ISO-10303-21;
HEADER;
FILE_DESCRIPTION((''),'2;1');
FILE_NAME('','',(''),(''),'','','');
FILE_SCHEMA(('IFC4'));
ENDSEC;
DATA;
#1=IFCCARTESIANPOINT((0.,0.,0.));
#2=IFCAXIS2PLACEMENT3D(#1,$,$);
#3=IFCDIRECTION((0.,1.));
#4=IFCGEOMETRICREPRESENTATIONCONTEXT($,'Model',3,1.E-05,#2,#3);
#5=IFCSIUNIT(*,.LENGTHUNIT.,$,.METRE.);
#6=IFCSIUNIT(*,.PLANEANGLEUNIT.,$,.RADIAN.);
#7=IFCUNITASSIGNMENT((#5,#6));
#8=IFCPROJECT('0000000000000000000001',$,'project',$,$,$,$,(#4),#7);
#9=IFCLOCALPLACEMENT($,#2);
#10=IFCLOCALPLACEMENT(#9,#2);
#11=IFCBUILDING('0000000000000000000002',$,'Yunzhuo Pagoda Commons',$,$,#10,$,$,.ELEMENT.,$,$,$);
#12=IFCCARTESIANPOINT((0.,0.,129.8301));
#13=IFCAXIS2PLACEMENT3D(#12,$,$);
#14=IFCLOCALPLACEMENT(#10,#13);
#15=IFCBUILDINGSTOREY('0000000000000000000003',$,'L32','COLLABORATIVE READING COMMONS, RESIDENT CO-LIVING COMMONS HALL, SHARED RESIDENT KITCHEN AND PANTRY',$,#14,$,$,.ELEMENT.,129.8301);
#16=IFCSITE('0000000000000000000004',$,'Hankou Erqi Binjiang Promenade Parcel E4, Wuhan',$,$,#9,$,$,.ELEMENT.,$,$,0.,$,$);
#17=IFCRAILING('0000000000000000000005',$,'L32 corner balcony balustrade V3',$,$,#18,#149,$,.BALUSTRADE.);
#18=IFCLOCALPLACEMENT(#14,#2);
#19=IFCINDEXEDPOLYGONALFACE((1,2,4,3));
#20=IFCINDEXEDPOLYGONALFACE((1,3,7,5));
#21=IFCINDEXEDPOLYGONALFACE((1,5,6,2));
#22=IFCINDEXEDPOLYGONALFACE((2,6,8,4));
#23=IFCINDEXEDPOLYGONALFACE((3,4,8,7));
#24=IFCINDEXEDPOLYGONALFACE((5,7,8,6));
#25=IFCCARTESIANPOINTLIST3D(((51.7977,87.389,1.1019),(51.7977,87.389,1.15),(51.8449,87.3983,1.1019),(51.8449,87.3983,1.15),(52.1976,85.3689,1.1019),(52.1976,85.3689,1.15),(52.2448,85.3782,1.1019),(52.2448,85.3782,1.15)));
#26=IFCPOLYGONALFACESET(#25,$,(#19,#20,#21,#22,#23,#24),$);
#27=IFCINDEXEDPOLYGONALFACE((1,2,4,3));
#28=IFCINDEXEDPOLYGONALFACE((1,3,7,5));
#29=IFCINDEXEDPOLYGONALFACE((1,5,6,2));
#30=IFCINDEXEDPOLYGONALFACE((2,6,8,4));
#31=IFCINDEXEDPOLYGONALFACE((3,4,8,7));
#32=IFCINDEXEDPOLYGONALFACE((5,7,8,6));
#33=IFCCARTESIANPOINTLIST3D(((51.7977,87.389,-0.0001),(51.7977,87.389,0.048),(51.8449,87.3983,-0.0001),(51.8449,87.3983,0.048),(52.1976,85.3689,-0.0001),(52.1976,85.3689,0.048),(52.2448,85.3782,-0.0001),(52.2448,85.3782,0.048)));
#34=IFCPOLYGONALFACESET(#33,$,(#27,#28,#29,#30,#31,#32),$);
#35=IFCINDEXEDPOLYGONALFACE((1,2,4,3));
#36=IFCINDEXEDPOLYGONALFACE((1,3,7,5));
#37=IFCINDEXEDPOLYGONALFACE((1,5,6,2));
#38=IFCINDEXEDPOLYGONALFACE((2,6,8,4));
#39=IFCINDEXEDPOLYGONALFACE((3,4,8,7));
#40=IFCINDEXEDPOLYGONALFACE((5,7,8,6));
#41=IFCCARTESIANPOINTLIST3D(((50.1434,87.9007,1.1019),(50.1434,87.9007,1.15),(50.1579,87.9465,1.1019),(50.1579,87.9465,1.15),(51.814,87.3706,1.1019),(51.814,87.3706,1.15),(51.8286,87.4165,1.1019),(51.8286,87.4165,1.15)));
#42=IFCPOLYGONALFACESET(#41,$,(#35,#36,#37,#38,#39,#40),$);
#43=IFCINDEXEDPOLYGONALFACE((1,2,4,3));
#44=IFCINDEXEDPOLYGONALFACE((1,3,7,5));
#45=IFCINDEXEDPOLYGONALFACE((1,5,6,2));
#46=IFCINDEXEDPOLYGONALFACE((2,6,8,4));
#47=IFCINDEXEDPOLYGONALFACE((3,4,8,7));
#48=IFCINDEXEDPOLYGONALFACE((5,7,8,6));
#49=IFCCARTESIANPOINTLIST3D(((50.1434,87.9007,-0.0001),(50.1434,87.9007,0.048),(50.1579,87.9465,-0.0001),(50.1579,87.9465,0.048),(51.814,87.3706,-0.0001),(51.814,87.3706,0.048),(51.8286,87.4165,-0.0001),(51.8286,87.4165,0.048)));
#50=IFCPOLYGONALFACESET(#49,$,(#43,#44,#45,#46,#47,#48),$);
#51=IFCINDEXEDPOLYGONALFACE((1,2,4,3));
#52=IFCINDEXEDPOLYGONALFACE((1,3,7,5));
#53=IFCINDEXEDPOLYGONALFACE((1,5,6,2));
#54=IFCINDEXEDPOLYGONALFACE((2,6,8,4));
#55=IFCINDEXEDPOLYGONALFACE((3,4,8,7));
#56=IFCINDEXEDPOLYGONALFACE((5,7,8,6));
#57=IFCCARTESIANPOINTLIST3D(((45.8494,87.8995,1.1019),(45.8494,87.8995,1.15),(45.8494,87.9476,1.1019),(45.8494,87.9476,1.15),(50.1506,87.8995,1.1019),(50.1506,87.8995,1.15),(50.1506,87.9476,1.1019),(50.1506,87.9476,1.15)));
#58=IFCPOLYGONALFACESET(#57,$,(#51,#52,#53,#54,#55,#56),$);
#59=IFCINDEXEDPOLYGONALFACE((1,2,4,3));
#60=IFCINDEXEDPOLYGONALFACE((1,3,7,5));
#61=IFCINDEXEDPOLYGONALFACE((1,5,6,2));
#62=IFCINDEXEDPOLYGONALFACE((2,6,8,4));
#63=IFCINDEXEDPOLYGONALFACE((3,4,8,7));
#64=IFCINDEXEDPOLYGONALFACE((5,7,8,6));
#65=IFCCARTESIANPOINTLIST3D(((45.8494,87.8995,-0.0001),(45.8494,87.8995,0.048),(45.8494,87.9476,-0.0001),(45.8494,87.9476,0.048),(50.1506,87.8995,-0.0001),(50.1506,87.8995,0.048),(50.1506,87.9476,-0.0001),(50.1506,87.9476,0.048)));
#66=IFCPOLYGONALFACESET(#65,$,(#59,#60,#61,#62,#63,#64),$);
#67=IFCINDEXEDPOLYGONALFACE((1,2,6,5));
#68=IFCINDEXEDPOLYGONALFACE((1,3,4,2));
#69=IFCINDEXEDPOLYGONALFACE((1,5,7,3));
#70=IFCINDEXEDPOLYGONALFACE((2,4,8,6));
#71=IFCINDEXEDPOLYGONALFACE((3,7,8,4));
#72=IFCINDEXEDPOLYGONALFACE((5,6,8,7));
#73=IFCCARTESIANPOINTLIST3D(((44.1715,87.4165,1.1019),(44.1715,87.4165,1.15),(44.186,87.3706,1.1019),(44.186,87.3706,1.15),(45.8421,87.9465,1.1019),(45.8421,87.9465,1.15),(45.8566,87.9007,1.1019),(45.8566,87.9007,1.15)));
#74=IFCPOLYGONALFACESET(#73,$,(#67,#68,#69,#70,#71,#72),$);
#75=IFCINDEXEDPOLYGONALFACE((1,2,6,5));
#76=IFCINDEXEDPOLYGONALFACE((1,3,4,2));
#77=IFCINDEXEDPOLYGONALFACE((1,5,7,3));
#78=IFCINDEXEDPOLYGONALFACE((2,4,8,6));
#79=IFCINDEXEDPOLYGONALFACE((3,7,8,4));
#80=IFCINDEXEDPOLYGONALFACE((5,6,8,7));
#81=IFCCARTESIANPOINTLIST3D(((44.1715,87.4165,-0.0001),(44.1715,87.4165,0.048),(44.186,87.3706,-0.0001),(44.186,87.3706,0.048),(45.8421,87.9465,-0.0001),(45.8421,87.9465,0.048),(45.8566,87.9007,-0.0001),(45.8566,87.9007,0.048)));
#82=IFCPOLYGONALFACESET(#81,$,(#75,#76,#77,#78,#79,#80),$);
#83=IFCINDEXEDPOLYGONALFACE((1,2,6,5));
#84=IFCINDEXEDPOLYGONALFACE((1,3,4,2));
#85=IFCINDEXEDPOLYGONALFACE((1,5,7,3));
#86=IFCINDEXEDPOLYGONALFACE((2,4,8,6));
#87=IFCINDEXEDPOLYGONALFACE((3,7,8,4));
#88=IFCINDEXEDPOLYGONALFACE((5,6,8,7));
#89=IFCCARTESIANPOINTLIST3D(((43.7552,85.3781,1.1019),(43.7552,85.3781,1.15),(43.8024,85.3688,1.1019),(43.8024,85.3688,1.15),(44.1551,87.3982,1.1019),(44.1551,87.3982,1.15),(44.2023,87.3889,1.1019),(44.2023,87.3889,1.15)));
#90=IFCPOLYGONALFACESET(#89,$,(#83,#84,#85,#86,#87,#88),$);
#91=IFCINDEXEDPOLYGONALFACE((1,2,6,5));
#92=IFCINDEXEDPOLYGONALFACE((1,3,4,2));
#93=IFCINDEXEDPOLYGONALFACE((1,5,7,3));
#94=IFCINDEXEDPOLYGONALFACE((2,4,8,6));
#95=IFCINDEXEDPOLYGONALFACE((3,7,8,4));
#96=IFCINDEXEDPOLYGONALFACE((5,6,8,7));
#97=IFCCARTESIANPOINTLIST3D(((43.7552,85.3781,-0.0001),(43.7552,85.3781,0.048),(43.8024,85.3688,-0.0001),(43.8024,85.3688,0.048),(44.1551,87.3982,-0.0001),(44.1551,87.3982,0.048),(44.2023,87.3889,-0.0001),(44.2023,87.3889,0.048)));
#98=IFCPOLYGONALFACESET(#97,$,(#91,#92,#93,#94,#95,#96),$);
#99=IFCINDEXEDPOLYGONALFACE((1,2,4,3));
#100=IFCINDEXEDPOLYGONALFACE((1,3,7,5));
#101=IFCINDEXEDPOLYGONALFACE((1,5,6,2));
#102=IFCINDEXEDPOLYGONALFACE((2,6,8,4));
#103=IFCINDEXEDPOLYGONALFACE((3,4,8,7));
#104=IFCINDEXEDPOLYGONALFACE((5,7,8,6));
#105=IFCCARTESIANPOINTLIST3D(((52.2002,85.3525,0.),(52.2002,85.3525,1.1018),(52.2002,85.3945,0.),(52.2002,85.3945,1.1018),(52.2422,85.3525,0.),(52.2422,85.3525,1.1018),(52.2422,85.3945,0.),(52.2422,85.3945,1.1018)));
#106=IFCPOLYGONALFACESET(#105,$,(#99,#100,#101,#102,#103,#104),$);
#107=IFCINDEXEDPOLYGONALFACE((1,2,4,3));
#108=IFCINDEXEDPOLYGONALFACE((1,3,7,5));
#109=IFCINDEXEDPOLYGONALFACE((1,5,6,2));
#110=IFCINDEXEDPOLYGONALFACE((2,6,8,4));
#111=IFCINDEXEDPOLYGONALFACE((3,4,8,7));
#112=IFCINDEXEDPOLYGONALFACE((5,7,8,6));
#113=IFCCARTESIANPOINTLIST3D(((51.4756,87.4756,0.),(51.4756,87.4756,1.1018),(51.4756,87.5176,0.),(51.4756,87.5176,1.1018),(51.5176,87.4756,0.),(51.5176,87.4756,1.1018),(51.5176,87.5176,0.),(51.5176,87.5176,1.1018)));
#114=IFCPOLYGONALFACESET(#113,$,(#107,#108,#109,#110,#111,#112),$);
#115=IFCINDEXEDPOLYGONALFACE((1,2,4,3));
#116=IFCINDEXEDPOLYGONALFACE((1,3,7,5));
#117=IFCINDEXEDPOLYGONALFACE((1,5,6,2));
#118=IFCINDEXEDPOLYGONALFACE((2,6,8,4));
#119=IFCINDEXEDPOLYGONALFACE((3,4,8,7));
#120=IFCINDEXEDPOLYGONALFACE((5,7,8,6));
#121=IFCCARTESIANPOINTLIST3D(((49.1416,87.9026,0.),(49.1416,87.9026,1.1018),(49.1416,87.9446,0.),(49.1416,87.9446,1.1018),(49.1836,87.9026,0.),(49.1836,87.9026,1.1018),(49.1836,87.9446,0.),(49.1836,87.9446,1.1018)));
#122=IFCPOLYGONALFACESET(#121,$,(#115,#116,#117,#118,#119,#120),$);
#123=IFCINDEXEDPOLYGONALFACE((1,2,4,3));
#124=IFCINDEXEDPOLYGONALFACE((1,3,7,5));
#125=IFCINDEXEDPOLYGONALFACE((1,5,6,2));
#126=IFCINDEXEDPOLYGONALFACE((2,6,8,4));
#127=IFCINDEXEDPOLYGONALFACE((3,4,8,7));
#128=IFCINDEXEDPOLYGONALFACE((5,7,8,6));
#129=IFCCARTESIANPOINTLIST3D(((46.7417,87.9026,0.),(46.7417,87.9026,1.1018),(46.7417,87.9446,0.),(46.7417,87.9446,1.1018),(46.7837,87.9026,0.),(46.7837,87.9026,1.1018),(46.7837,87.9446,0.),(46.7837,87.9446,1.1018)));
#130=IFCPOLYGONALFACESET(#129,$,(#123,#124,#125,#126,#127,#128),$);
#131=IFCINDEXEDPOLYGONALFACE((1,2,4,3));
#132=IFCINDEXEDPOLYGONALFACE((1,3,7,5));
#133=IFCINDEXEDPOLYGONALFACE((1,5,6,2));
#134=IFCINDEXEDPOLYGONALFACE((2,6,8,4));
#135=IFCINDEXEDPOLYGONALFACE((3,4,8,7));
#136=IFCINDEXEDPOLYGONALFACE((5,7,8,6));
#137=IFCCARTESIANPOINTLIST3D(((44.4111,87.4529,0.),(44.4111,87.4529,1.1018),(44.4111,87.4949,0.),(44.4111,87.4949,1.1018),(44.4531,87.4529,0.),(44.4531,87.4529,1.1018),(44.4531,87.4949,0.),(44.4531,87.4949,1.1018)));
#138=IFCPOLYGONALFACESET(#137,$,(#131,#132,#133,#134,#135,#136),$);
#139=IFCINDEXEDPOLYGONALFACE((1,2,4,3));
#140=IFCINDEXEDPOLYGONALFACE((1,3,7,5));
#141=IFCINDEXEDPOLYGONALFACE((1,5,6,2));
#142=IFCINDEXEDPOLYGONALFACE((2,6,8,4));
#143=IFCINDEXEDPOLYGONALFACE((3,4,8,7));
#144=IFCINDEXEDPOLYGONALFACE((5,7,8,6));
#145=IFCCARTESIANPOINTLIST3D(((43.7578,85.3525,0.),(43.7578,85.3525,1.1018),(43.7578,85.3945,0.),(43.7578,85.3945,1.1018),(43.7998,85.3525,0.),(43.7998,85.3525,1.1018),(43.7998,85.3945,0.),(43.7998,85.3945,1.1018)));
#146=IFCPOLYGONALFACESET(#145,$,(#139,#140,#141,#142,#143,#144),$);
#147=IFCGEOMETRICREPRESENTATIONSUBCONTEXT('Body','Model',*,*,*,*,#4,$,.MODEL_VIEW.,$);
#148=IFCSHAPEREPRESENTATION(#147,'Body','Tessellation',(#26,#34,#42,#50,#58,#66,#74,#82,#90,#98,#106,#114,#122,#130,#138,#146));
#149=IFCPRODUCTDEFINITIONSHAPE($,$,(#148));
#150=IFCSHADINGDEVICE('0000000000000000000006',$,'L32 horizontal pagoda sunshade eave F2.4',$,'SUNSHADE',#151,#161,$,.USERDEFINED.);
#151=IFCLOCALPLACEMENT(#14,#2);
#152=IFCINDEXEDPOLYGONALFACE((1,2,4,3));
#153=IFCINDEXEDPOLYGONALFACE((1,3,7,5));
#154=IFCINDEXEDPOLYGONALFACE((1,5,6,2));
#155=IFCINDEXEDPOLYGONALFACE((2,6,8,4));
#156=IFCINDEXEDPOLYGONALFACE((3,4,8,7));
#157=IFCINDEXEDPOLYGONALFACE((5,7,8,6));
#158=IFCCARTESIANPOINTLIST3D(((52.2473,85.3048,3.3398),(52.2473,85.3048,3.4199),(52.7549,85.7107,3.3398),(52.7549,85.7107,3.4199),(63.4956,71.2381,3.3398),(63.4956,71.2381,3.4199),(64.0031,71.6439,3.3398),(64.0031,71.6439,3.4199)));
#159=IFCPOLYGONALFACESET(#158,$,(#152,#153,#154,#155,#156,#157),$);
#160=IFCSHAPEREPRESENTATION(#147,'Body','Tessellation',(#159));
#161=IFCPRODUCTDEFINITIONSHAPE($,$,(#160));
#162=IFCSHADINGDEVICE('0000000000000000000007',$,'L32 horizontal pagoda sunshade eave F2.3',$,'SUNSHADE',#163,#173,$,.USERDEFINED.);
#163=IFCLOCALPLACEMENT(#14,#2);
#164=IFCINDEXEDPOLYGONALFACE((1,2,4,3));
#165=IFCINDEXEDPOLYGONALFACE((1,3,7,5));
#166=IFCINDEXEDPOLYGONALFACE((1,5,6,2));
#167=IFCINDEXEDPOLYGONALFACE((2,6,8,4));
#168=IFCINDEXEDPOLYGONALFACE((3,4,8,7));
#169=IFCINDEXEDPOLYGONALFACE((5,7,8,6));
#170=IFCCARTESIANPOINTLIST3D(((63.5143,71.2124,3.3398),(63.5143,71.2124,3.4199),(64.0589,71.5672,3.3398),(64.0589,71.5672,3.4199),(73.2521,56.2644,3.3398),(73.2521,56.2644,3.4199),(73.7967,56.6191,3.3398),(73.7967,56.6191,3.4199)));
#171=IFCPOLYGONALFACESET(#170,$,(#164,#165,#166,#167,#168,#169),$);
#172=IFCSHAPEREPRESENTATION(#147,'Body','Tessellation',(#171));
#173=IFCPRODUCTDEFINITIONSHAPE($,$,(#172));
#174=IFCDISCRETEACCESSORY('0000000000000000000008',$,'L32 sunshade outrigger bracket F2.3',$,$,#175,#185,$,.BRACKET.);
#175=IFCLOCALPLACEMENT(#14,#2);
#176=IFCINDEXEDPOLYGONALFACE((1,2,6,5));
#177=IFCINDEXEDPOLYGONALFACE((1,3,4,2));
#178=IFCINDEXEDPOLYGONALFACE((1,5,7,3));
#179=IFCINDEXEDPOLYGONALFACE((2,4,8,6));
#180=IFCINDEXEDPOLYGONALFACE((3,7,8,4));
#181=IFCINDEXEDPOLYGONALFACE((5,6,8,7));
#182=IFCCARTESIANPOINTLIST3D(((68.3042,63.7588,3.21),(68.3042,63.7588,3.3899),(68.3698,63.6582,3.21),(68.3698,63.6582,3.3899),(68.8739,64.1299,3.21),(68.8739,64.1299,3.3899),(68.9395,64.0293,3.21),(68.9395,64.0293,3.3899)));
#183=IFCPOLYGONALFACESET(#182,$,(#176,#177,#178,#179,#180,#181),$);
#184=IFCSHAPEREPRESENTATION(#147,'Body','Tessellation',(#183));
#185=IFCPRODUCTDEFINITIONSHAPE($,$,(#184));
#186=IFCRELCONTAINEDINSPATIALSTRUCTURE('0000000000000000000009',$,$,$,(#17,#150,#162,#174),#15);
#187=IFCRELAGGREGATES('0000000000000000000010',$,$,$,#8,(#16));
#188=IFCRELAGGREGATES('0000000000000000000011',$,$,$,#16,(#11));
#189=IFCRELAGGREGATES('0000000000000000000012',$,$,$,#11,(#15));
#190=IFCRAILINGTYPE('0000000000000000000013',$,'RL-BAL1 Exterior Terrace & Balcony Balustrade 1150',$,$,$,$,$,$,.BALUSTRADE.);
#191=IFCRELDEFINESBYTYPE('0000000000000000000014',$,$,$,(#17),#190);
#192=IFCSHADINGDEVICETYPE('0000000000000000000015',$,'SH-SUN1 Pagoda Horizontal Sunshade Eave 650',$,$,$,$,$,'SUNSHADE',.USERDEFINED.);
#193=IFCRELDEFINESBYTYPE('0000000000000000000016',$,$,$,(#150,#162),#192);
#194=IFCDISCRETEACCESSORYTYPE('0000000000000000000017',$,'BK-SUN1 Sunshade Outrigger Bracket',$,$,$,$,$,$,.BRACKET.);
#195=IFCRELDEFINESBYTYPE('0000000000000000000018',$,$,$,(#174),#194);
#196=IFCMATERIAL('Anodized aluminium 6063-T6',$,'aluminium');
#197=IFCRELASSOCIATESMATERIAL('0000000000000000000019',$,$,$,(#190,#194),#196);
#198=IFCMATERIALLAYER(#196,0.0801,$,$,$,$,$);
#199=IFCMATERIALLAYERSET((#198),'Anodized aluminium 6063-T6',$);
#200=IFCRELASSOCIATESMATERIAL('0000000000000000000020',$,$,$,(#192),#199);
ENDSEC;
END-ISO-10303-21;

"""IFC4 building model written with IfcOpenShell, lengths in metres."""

from ifc_helpers import new_model, si_unit, direction, frame, origin, origin_2d, place, context, subcontext, project, spatial, rectangle, extrude, source, transform, mapped, material, layer, layer_set, type_object, element, save


model = new_model("IFC4")

# Units and contexts
model_context = context("Model", 3, precision=1e-05, world=origin(), true_north=direction((0.0, 1.0)))
body_context = subcontext(model_context, "Body", "Model", "MODEL_VIEW")
ifc_project = project(units=[si_unit("LENGTHUNIT", "METRE"), si_unit("PLANEANGLEUNIT", "RADIAN")], contexts=[model_context])

# Site, building, storey
site_placement = place(None, origin())
site = spatial("IfcSite", under=ifc_project, at=site_placement, Name="Hankou Erqi Binjiang Promenade Parcel E4, Wuhan", CompositionType="ELEMENT", RefElevation=0.0)
building_placement = place(site_placement, origin())
building = spatial("IfcBuilding", under=site, at=building_placement, Name="Yunzhuo Pagoda Commons", CompositionType="ELEMENT")
storey_placement = place(building_placement, frame((0.0, 0.0, 129.8301)))
storey = spatial("IfcBuildingStorey", under=building, at=storey_placement, Name="L32", Description="COLLABORATIVE READING COMMONS, RESIDENT CO-LIVING COMMONS HALL, SHARED RESIDENT KITCHEN AND PANTRY", CompositionType="ELEMENT", Elevation=129.8301)

# Shared definitions
ifc_material_1 = material(Name="Anodized aluminium 6063-T6", Category="aluminium")

# Railing
railing_type_1 = type_object("IfcRailingType", Name="RL-BAL1 Exterior Terrace & Balcony Balustrade 1150", PredefinedType="BALUSTRADE", material=ifc_material_1)
railing_1_placement = place(storey_placement, frame((52.2212, 85.3735, 0.0)))
element("IfcRailing", 1, at=railing_1_placement, inside=storey, type_object=railing_type_1, Name="L32 corner balcony balustrade V3", PredefinedType="BALUSTRADE", context=body_context, shape_type="SweptSolid", body=[
    extrude(rectangle(XDim=0.0481, YDim=0.0481, at=origin_2d()), frame((0.0, 0.0, 1.126), z_axis=(-0.194201, 0.980962, 0.0), x_axis=(-0.980962, -0.194201, 0.0)), (0.0, 0.0, 1.0), 2.0593),
    extrude(rectangle(XDim=0.0481, YDim=0.0481, at=origin_2d()), frame((0.0, 0.0, 0.0239), z_axis=(-0.194201, 0.980962, 0.0), x_axis=(-0.980962, -0.194201, 0.0)), (0.0, 0.0, 1.0), 2.0593),
    extrude(rectangle(XDim=0.0481, YDim=0.0481, at=origin_2d()), frame((-0.3999, 2.02, 1.126), z_axis=(-0.95318, 0.302404, 0.0), x_axis=(-0.302404, -0.95318, 0.0)), (0.0, 0.0, 1.0), 1.7527),
    extrude(rectangle(XDim=0.0481, YDim=0.0481, at=origin_2d()), frame((-0.3999, 2.02, 0.0239), z_axis=(-0.95318, 0.302404, 0.0), x_axis=(-0.302404, -0.95318, 0.0)), (0.0, 0.0, 1.0), 1.7527),
    extrude(rectangle(XDim=0.0481, YDim=0.0481, at=origin_2d()), frame((-2.0706, 2.55, 1.126), z_axis=(-1.0, 0.0, 0.0), x_axis=(0.0, -1.0, 0.0)), (0.0, 0.0, 1.0), 4.3013),
    extrude(rectangle(XDim=0.0481, YDim=0.0481, at=origin_2d()), frame((-2.0706, 2.55, 0.0239), z_axis=(-1.0, 0.0, 0.0), x_axis=(0.0, -1.0, 0.0)), (0.0, 0.0, 1.0), 4.3013),
    extrude(rectangle(XDim=0.0481, YDim=0.0481, at=origin_2d()), frame((-6.3718, 2.55, 1.126), z_axis=(-0.95318, -0.302404, 0.0), x_axis=(0.302404, -0.95318, 0.0)), (0.0, 0.0, 1.0), 1.7527),
    extrude(rectangle(XDim=0.0481, YDim=0.0481, at=origin_2d()), frame((-6.3718, 2.55, 0.0239), z_axis=(-0.95318, -0.302404, 0.0), x_axis=(0.302404, -0.95318, 0.0)), (0.0, 0.0, 1.0), 1.7527),
    extrude(rectangle(XDim=0.0481, YDim=0.0481, at=origin_2d()), frame((-8.0425, 2.02, 1.126), z_axis=(-0.194201, -0.980962, 0.0), x_axis=(0.980962, -0.194201, 0.0)), (0.0, 0.0, 1.0), 2.0593),
    extrude(rectangle(XDim=0.0481, YDim=0.0481, at=origin_2d()), frame((-8.0425, 2.02, 0.0239), z_axis=(-0.194201, -0.980962, 0.0), x_axis=(0.980962, -0.194201, 0.0)), (0.0, 0.0, 1.0), 2.0593),
    extrude(rectangle(XDim=0.042, YDim=0.042, at=origin_2d()), origin(), (0.0, 0.0, 1.0), 1.1018),
    extrude(rectangle(XDim=0.042, YDim=0.042, at=origin_2d()), frame((-0.7246, 2.123, 0.0)), (0.0, 0.0, 1.0), 1.1018),
    extrude(rectangle(XDim=0.042, YDim=0.042, at=origin_2d()), frame((-3.0586, 2.55, 0.0)), (0.0, 0.0, 1.0), 1.1018),
    extrude(rectangle(XDim=0.042, YDim=0.042, at=origin_2d()), frame((-5.4585, 2.55, 0.0)), (0.0, 0.0, 1.0), 1.1018),
    extrude(rectangle(XDim=0.042, YDim=0.042, at=origin_2d()), frame((-7.7891, 2.1003, 0.0)), (0.0, 0.0, 1.0), 1.1018),
    extrude(rectangle(XDim=0.042, YDim=0.042, at=origin_2d()), frame((-8.4424, 0.0, 0.0)), (0.0, 0.0, 1.0), 1.1018),
])

# Shading devices
ifc_layer_1 = layer(ifc_material_1, 0.0801)
ifc_layer_set_1 = layer_set([ifc_layer_1], Name="Anodized aluminium 6063-T6")
shading_device_type = type_object("IfcShadingDeviceType", Name="SH-SUN1 Pagoda Horizontal Sunshade Eave 650", ElementType="SUNSHADE", PredefinedType="USERDEFINED", material=ifc_layer_set_1)
shared_shape_1 = source(origin(), body_context, "Body", "SweptSolid", [
    extrude(rectangle(XDim=18.011, YDim=0.6499, at=origin_2d()), origin(), (0.0, 0.0, 1.0), 0.0801),
])
shading_device_1_placement = place(storey_placement, frame((58.1252, 78.4744, 3.3398), z_axis=(0.0, 0.0, 1.0), x_axis=(-0.62452, 0.781008, 0.0)))
element("IfcShadingDevice", 2, at=shading_device_1_placement, inside=storey, type_object=shading_device_type, Name="L32 horizontal pagoda sunshade eave F2.4", ObjectType="SUNSHADE", PredefinedType="USERDEFINED", context=body_context, shape_type="MappedRepresentation", body=[
    mapped(shared_shape_1, transform((0.0, 0.0, 0.0), scale=1.0)),
])
shared_shape_2 = source(origin(), body_context, "Body", "SweptSolid", [
    extrude(rectangle(XDim=17.8401, YDim=0.6499, at=origin_2d()), origin(), (0.0, 0.0, 1.0), 0.0801),
])
shading_device_2_placement = place(storey_placement, frame((68.6555, 63.9158, 3.3398), z_axis=(0.0, 0.0, 1.0), x_axis=(-0.545839, 0.83789, 0.0)))
element("IfcShadingDevice", 3, at=shading_device_2_placement, inside=storey, type_object=shading_device_type, Name="L32 horizontal pagoda sunshade eave F2.3", ObjectType="SUNSHADE", PredefinedType="USERDEFINED", context=body_context, shape_type="MappedRepresentation", body=[
    mapped(shared_shape_2, transform((0.0, 0.0, 0.0), scale=1.0)),
])

# Discrete accessory
discrete_accessory_type = type_object("IfcDiscreteAccessoryType", Name="BK-SUN1 Sunshade Outrigger Bracket", PredefinedType="BRACKET", material=ifc_material_1)
shared_shape_3 = source(origin(), body_context, "Body", "SweptSolid", [
    extrude(rectangle(XDim=0.1201, YDim=0.6799, at=origin_2d()), origin(), (0.0, 0.0, 1.0), 0.1799),
])
discrete_accessory_placement = place(storey_placement, frame((68.6218, 63.894, 3.21), z_axis=(0.0, 0.0, 1.0), x_axis=(-0.545839, 0.83789, 0.0)))
element("IfcDiscreteAccessory", 4, at=discrete_accessory_placement, inside=storey, type_object=discrete_accessory_type, Name="L32 sunshade outrigger bracket F2.3", PredefinedType="BRACKET", context=body_context, shape_type="MappedRepresentation", body=[
    mapped(shared_shape_3, transform((0.0, 0.0, 0.0), scale=1.0)),
])

save(model, "model.ifc")
